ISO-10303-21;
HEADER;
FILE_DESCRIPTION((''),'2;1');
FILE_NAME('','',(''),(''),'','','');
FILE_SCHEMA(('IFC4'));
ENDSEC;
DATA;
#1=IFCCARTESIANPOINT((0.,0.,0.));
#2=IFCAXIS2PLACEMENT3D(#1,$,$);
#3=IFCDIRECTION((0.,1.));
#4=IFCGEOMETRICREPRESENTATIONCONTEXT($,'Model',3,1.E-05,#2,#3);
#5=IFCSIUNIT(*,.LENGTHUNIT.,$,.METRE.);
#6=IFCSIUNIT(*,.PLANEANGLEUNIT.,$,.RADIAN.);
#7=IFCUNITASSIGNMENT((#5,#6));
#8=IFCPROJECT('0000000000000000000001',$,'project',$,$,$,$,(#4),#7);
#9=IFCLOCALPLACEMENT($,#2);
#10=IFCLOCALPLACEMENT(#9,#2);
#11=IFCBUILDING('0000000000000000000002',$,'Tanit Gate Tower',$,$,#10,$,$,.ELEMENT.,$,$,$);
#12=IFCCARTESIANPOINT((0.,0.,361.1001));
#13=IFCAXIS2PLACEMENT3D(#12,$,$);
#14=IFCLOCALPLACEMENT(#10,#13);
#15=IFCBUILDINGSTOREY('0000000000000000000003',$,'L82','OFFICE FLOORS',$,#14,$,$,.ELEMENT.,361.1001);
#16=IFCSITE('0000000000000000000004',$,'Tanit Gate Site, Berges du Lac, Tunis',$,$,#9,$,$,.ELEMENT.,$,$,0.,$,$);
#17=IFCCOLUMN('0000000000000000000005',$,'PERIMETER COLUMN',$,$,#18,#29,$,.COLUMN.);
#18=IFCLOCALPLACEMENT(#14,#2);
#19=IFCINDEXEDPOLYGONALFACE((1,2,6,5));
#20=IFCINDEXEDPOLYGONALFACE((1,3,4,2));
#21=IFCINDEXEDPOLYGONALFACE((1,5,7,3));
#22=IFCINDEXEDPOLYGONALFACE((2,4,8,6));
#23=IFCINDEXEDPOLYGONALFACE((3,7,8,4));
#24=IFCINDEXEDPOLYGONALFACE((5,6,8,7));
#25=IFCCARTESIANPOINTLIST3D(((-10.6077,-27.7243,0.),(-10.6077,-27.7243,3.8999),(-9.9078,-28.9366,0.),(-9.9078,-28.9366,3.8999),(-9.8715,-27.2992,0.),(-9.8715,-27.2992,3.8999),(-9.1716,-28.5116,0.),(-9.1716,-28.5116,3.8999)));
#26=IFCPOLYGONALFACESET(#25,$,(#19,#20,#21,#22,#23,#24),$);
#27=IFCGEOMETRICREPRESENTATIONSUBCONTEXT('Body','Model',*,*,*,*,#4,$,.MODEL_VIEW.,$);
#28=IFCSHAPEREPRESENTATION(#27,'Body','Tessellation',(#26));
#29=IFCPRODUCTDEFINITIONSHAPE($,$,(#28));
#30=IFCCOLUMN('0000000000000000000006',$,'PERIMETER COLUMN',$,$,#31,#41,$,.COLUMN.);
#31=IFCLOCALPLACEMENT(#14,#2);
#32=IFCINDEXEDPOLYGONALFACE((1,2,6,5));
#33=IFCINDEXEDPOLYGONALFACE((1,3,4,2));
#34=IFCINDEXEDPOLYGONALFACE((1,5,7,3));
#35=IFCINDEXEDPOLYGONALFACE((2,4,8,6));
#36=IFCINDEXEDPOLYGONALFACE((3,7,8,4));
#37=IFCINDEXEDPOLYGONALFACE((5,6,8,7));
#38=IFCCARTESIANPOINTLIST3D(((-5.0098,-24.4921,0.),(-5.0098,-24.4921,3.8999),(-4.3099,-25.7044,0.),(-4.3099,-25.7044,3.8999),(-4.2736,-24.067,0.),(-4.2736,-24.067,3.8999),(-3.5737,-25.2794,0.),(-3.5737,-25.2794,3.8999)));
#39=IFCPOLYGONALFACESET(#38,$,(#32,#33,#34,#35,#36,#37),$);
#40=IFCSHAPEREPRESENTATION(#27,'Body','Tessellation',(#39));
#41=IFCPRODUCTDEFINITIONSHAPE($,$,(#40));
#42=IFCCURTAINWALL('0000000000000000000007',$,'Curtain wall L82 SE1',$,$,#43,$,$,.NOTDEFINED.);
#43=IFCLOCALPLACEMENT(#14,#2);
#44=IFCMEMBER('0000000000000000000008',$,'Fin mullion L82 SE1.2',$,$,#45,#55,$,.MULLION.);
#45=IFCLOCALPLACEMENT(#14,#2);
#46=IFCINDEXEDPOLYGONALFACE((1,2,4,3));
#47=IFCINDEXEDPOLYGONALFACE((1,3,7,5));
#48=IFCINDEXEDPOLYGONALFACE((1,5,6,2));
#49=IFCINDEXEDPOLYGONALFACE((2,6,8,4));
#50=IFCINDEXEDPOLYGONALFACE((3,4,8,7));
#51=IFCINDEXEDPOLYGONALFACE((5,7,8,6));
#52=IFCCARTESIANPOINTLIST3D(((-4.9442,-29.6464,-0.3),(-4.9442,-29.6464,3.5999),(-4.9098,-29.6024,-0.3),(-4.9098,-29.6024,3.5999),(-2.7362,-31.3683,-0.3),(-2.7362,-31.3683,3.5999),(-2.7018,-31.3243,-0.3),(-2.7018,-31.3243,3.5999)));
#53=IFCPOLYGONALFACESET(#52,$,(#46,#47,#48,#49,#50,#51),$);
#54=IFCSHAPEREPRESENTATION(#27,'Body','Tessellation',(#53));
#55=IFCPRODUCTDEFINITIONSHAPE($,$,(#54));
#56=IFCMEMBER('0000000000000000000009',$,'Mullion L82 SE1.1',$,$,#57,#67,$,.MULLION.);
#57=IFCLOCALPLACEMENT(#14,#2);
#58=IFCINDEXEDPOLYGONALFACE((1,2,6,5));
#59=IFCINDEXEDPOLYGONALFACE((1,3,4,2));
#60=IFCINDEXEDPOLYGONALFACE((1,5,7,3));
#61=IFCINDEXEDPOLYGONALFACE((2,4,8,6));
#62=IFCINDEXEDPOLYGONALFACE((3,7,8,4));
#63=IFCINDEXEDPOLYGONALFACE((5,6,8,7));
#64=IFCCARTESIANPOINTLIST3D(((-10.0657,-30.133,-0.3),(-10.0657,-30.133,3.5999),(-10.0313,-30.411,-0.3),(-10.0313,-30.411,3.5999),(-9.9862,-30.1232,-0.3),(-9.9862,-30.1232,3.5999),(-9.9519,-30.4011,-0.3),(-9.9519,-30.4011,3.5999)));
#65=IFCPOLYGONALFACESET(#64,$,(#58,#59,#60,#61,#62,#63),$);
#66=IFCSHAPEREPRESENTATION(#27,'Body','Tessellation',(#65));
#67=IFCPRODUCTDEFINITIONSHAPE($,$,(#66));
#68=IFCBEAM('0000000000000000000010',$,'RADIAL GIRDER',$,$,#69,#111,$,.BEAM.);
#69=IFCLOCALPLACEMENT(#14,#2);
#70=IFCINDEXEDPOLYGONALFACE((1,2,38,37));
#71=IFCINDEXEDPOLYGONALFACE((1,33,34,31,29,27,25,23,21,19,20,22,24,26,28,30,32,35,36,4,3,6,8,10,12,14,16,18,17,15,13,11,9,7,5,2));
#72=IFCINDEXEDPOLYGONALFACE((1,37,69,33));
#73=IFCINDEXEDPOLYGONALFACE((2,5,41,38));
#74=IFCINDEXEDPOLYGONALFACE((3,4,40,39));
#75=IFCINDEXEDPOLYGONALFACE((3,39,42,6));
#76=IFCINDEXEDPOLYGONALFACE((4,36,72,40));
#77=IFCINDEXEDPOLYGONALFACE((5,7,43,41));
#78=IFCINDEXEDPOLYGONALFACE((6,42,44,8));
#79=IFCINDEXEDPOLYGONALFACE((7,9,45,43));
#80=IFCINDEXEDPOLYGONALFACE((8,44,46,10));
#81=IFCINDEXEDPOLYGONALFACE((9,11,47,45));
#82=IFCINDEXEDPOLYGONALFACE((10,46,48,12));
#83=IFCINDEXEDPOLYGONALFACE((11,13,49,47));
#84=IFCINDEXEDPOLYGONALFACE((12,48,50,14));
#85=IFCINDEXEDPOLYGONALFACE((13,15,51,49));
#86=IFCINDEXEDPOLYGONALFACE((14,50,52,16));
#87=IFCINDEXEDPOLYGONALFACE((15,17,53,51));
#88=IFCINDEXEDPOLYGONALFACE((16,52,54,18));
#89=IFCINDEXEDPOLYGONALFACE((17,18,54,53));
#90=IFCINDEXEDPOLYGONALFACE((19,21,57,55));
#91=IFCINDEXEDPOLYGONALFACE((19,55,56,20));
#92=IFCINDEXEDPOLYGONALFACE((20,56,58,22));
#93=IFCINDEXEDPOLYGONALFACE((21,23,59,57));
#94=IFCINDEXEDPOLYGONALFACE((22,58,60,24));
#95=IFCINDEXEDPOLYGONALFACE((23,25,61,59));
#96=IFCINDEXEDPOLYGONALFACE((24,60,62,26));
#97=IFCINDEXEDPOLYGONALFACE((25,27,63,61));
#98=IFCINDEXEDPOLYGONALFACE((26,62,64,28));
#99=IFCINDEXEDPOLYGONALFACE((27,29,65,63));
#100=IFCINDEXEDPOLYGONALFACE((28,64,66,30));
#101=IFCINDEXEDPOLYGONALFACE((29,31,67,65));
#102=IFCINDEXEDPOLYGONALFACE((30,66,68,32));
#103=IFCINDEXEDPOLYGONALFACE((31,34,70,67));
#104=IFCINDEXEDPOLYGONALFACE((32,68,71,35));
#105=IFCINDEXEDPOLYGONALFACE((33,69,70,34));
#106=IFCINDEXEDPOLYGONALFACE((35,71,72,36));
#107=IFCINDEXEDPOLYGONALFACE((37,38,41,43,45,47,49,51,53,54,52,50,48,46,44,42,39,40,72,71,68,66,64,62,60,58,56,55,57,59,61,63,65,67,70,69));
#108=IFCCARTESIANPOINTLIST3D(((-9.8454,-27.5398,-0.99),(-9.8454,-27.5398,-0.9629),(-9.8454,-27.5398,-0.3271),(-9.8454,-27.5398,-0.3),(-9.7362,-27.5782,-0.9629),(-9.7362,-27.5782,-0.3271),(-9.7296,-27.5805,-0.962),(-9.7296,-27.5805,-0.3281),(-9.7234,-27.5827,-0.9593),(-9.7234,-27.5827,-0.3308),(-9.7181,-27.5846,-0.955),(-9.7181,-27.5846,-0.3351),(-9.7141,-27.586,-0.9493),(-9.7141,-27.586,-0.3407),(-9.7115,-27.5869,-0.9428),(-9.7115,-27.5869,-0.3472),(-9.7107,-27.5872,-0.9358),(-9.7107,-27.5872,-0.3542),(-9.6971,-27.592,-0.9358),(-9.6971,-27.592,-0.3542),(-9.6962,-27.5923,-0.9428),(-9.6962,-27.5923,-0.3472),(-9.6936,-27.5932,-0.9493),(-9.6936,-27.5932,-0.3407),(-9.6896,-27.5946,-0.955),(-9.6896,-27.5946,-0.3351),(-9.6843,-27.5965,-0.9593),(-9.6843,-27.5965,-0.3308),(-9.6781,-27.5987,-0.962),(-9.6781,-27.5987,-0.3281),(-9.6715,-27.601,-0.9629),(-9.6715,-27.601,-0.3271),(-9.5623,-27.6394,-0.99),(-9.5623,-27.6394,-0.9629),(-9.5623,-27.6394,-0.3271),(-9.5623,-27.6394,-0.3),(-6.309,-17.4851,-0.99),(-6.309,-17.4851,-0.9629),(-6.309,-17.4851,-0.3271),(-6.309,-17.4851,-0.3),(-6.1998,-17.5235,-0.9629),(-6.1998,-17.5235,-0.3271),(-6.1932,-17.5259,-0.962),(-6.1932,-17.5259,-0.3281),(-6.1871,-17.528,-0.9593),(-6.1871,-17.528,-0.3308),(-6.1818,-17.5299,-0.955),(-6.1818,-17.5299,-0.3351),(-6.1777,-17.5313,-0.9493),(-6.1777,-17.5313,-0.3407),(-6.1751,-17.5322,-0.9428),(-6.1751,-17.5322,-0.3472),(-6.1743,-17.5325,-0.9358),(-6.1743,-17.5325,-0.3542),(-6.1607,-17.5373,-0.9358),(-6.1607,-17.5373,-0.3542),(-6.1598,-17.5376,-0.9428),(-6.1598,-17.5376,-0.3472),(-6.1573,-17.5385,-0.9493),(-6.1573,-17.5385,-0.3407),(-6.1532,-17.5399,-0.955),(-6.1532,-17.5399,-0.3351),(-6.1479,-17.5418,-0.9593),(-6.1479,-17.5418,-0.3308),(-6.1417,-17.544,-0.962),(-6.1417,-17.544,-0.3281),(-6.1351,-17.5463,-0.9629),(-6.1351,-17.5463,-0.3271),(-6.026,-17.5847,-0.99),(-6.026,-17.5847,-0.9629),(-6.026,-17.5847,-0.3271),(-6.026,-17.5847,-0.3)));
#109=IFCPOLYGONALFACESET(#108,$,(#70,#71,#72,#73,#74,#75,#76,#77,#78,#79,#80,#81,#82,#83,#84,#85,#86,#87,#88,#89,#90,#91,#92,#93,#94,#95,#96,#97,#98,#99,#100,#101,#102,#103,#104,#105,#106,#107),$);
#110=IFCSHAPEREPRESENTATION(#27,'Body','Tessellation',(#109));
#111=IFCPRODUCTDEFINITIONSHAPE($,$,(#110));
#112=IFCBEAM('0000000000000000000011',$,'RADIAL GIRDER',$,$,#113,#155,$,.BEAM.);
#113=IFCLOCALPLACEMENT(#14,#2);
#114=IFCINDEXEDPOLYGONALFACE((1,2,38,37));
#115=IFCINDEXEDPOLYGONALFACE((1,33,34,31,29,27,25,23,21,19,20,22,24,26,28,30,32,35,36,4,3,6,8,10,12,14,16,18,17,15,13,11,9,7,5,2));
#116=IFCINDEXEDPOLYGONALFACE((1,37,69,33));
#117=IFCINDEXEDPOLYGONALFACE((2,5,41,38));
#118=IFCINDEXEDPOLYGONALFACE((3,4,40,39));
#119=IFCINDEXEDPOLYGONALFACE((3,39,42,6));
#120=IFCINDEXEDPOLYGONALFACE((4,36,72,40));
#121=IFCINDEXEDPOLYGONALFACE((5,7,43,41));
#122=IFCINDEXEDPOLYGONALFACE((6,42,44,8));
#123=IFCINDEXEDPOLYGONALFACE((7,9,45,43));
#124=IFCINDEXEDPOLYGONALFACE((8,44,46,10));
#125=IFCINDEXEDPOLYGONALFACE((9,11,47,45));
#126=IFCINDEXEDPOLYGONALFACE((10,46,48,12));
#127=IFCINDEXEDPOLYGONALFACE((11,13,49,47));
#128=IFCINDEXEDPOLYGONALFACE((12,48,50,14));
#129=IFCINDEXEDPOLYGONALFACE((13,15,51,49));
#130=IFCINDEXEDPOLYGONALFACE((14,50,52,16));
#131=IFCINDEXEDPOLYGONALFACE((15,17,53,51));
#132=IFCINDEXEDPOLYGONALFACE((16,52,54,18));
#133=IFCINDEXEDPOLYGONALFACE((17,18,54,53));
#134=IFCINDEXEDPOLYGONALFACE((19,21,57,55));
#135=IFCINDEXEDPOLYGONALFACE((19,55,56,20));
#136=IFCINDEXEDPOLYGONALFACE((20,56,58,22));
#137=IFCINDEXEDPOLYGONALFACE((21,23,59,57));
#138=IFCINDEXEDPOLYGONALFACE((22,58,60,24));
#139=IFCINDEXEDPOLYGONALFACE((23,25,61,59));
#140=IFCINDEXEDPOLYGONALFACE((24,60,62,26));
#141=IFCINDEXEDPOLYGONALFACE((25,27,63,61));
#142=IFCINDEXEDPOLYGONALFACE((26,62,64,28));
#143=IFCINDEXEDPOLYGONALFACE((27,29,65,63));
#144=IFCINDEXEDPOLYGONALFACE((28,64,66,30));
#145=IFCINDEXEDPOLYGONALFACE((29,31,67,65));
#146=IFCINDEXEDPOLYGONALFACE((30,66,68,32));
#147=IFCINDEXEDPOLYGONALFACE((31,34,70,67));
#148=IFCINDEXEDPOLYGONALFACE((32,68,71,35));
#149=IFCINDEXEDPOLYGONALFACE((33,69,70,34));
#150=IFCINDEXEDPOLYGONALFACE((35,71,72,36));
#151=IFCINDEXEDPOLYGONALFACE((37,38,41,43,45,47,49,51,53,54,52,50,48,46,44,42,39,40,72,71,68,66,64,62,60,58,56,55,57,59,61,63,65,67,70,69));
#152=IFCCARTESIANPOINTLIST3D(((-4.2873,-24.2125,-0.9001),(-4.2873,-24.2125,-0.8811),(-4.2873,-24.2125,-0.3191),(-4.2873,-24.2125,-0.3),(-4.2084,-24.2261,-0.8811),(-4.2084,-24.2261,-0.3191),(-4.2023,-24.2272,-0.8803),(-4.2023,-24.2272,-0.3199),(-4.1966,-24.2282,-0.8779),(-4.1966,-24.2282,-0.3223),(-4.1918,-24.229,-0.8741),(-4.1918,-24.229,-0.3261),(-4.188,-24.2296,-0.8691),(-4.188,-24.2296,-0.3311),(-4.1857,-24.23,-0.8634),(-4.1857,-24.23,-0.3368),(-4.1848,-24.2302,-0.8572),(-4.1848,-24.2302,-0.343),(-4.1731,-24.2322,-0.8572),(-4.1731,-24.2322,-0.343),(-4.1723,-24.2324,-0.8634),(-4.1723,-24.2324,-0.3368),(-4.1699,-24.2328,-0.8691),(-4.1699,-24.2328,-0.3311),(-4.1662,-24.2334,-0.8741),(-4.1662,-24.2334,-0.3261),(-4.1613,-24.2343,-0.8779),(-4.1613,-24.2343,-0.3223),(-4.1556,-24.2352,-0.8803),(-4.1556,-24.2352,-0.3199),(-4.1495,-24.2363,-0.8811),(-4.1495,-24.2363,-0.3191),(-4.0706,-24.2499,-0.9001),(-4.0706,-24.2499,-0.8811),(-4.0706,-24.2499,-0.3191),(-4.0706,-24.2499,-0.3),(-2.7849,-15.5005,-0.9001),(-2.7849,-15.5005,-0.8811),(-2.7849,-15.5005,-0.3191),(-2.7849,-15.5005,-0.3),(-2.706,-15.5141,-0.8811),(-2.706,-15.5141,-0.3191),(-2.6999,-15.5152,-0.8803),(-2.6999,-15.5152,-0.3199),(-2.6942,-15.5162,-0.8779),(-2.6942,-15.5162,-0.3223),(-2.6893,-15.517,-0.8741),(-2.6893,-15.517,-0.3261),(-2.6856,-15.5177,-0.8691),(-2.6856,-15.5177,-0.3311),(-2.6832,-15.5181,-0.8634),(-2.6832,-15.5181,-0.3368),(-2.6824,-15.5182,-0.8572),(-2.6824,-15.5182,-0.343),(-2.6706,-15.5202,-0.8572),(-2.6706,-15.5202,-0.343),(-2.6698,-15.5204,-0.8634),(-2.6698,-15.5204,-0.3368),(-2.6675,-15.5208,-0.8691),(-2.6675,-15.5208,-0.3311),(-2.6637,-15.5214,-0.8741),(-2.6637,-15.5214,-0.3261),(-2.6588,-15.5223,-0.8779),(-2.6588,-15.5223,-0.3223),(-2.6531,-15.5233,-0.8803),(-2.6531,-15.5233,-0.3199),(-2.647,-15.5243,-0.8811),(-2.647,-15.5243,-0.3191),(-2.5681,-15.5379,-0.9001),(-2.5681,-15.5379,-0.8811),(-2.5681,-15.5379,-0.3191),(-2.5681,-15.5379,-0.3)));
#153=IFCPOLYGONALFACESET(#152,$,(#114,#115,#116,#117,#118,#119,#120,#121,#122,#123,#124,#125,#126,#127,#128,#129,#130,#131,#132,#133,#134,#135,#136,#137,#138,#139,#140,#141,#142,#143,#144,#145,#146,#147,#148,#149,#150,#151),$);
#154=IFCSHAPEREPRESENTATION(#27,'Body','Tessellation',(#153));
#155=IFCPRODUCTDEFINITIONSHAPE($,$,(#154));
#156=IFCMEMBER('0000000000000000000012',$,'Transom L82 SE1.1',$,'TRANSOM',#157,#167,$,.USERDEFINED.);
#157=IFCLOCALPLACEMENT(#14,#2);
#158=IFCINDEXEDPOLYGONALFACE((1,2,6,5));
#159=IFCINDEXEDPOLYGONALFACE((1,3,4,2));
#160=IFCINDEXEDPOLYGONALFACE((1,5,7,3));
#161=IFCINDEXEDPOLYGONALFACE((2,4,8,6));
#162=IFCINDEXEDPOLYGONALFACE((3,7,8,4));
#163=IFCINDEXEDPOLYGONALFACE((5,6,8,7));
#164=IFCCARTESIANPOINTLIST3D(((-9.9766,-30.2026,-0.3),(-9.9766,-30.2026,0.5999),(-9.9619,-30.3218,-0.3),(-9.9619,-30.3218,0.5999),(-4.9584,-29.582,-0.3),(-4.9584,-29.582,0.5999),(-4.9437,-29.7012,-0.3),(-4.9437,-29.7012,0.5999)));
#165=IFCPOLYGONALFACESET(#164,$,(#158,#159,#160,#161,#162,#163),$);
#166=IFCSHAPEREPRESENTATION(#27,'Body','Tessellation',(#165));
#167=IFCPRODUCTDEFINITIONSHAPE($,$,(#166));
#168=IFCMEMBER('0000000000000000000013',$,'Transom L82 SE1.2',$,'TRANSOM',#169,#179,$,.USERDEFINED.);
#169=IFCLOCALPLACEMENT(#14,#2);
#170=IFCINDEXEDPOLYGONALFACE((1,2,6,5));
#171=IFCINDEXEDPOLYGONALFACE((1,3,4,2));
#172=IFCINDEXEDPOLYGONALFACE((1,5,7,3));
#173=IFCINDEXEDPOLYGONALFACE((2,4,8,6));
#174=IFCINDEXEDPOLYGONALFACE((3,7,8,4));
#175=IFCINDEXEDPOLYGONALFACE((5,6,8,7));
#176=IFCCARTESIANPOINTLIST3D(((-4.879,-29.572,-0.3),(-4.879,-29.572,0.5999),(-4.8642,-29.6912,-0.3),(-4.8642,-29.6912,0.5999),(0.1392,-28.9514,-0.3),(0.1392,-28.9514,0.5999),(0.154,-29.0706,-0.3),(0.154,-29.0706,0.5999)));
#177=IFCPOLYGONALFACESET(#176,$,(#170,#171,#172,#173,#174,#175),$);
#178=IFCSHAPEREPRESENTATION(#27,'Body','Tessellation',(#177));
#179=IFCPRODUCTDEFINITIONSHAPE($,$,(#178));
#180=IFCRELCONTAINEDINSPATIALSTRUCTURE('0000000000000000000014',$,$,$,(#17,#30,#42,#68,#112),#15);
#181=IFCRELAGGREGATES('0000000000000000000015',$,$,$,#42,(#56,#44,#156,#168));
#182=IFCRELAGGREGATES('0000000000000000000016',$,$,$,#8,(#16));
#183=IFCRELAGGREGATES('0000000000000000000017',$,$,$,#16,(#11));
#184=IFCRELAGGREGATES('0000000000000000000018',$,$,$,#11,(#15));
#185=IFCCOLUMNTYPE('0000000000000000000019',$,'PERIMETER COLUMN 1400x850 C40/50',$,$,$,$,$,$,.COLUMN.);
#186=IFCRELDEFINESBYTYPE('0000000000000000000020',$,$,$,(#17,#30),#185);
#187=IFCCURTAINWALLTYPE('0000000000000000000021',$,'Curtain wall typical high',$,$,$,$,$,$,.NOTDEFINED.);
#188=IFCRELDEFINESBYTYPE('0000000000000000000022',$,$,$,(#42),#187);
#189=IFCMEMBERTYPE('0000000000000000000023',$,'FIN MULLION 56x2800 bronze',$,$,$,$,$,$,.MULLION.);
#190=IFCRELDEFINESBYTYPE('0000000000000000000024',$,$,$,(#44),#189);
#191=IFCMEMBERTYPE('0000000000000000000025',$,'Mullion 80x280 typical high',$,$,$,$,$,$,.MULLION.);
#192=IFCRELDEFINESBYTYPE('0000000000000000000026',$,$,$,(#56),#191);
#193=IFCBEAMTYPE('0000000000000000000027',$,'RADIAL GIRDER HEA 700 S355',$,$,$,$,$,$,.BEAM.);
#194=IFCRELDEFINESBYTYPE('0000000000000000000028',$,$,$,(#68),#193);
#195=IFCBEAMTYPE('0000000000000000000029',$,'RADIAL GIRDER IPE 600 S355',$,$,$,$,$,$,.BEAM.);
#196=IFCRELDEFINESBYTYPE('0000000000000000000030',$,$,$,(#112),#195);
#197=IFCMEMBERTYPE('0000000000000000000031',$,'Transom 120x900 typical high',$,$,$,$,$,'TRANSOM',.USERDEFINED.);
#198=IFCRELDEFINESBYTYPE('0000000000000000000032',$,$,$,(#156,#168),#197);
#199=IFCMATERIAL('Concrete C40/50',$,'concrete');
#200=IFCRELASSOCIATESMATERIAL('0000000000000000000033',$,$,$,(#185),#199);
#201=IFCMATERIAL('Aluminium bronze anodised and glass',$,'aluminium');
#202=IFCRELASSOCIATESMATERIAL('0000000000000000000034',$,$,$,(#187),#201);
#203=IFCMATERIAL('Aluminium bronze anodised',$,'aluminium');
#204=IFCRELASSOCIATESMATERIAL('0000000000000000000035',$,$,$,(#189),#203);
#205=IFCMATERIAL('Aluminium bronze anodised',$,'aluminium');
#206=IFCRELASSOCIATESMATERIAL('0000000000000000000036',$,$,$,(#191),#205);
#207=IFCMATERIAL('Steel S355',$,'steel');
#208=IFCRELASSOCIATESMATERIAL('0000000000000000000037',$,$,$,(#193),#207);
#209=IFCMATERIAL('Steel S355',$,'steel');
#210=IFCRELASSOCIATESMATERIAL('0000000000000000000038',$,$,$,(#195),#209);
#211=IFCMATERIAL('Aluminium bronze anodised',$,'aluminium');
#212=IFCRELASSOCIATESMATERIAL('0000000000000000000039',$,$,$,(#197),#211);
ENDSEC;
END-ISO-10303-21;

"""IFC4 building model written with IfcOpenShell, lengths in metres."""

from ifc_helpers import new_model, si_unit, direction, frame, origin, origin_2d, place, context, subcontext, project, spatial, rectangle, i_section, extrude, material, material_profile, profile_set, type_object, element, aggregate, save


model = new_model("IFC4")

# Units and contexts
model_context = context("Model", 3, precision=1e-05, world=origin(), true_north=direction((0.0, 1.0)))
body_context = subcontext(model_context, "Body", "Model", "MODEL_VIEW")
ifc_project = project(units=[si_unit("LENGTHUNIT", "METRE"), si_unit("PLANEANGLEUNIT", "RADIAN")], contexts=[model_context])

# Site, building, storey
site_placement = place(None, origin())
site = spatial("IfcSite", under=ifc_project, at=site_placement, Name="Tanit Gate Site, Berges du Lac, Tunis", CompositionType="ELEMENT", RefElevation=0.0)
building_placement = place(site_placement, origin())
building = spatial("IfcBuilding", under=site, at=building_placement, Name="Tanit Gate Tower", CompositionType="ELEMENT")
storey_placement = place(building_placement, frame((0.0, 0.0, 361.1001)))
storey = spatial("IfcBuildingStorey", under=building, at=storey_placement, Name="L82", Description="OFFICE FLOORS", CompositionType="ELEMENT", Elevation=361.1001)

# Columns
ifc_material_1 = material(Name="Concrete C40/50", Category="concrete")
ifc_material_profile_1 = material_profile(ifc_material_1, rectangle(XDim=1.3999, YDim=0.8501, at=origin_2d()), Name="RC 1400x850")
ifc_profile_set_1 = profile_set([ifc_material_profile_1], Name="Concrete C40/50")
column_type = type_object("IfcColumnType", Name="PERIMETER COLUMN 1400x850 C40/50", PredefinedType="COLUMN", material=ifc_profile_set_1)
for number, where, z_axis, x_axis, name in (
    (1, (-9.8896, -28.1179, 0.0), (0.0, 0.0, 1.0), (0.5, -0.866025, 0.0), "PERIMETER COLUMN"),
    (2, (-4.2917, -24.8857, 0.0), (0.0, 0.0, 1.0), (0.5, -0.866025, 0.0), "PERIMETER COLUMN"),
):
    element("IfcColumn", number, at=place(storey_placement, frame(where, z_axis=z_axis, x_axis=x_axis)), inside=storey, type_object=column_type, Name=name, PredefinedType="COLUMN", context=body_context, shape_type="SweptSolid", body=[
        extrude(rectangle(XDim=1.3999, YDim=0.8501, at=origin_2d()), origin(), (0.0, 0.0, 1.0), 3.8999),
    ])

# Curtain wall, members
ifc_material_2 = material(Name="Aluminium bronze anodised and glass", Category="aluminium")
curtain_wall_type = type_object("IfcCurtainWallType", Name="Curtain wall typical high", PredefinedType="NOTDEFINED", material=ifc_material_2)
curtain_wall_placement = place(storey_placement, origin())
curtain_wall = element("IfcCurtainWall", 3, at=curtain_wall_placement, inside=storey, type_object=curtain_wall_type, Name="Curtain wall L82 SE1", PredefinedType="NOTDEFINED")
ifc_material_3 = material(Name="Aluminium bronze anodised", Category="aluminium")
ifc_material_profile_2 = material_profile(ifc_material_3, rectangle(XDim=2.8, YDim=0.0559, at=origin_2d()), Name="56x2800 bronze fin mullion")
ifc_profile_set_2 = profile_set([ifc_material_profile_2], Name="Aluminium bronze anodised")
member_type_1 = type_object("IfcMemberType", Name="FIN MULLION 56x2800 bronze", PredefinedType="MULLION", material=ifc_profile_set_2)
member_1_placement = place(storey_placement, frame((-3.823, -30.4854, -0.3), z_axis=(0.0, 0.0, 1.0), x_axis=(-0.788562, 0.614955, 0.0)))
member_1 = element("IfcMember", 4, at=member_1_placement, type_object=member_type_1, Name="Fin mullion L82 SE1.2", PredefinedType="MULLION", context=body_context, shape_type="SweptSolid", body=[
    extrude(rectangle(XDim=2.8, YDim=0.0559, at=origin_2d()), origin(), (0.0, 0.0, 1.0), 3.8999),
])
ifc_material_4 = material(Name="Aluminium bronze anodised", Category="aluminium")
ifc_material_profile_3 = material_profile(ifc_material_4, rectangle(XDim=0.28, YDim=0.0801, at=origin_2d()), Name="80x280 bronze mullion")
ifc_profile_set_3 = profile_set([ifc_material_profile_3], Name="Aluminium bronze anodised")
member_type_2 = type_object("IfcMemberType", Name="Mullion 80x280 typical high", PredefinedType="MULLION", material=ifc_profile_set_3)
member_2_placement = place(storey_placement, frame((-10.0088, -30.2671, -0.3), z_axis=(0.0, 0.0, 1.0), x_axis=(-0.122759, 0.992436, 0.0)))
member_2 = element("IfcMember", 5, at=member_2_placement, type_object=member_type_2, Name="Mullion L82 SE1.1", PredefinedType="MULLION", context=body_context, shape_type="SweptSolid", body=[
    extrude(rectangle(XDim=0.28, YDim=0.0801, at=origin_2d()), origin(), (0.0, 0.0, 1.0), 3.8999),
])

# Beams
ifc_material_5 = material(Name="Steel S355", Category="steel")
ifc_material_profile_4 = material_profile(ifc_material_5, i_section(OverallWidth=0.3, OverallDepth=0.6899, WebThickness=0.0144, FlangeThickness=0.0271, FilletRadius=0.0271, at=origin_2d()), Name="HEA 700")
ifc_profile_set_4 = profile_set([ifc_material_profile_4], Name="Steel S355")
beam_type_1 = type_object("IfcBeamType", Name="RADIAL GIRDER HEA 700 S355", PredefinedType="BEAM", material=ifc_profile_set_4)
beam_1_placement = place(storey_placement, frame((-9.7039, -27.5896, -0.645), z_axis=(0.331791, 0.943353, 0.0), x_axis=(-0.943353, 0.331791, 0.0)))
element("IfcBeam", 6, at=beam_1_placement, inside=storey, type_object=beam_type_1, Name="RADIAL GIRDER", PredefinedType="BEAM", context=body_context, shape_type="SweptSolid", body=[
    extrude(i_section(OverallWidth=0.3, OverallDepth=0.6899, WebThickness=0.0144, FlangeThickness=0.0271, FilletRadius=0.0271, at=origin_2d()), origin(), (0.0, 0.0, 1.0), 10.6584),
])
ifc_material_6 = material(Name="Steel S355", Category="steel")
ifc_material_profile_5 = material_profile(ifc_material_6, i_section(OverallWidth=0.22, OverallDepth=0.6001, WebThickness=0.012, FlangeThickness=0.019, FilletRadius=0.0239, at=origin_2d()), Name="IPE 600")
ifc_profile_set_5 = profile_set([ifc_material_profile_5], Name="Steel S355")
beam_type_2 = type_object("IfcBeamType", Name="RADIAL GIRDER IPE 600 S355", PredefinedType="BEAM", material=ifc_profile_set_5)
beam_2_placement = place(storey_placement, frame((-4.179, -24.2312, -0.6001), z_axis=(0.169949, 0.985453, 0.0), x_axis=(-0.985453, 0.169949, 0.0)))
element("IfcBeam", 7, at=beam_2_placement, inside=storey, type_object=beam_type_2, Name="RADIAL GIRDER", PredefinedType="BEAM", context=body_context, shape_type="SweptSolid", body=[
    extrude(i_section(OverallWidth=0.22, OverallDepth=0.6001, WebThickness=0.012, FlangeThickness=0.019, FilletRadius=0.0239, at=origin_2d()), origin(), (0.0, 0.0, 1.0), 8.8406),
])

# Members
ifc_material_7 = material(Name="Aluminium bronze anodised", Category="aluminium")
ifc_material_profile_6 = material_profile(ifc_material_7, rectangle(XDim=0.1201, YDim=0.8999, at=origin_2d()), Name="120x900 bronze transom")
ifc_profile_set_6 = profile_set([ifc_material_profile_6], Name="Aluminium bronze anodised")
member_type_3 = type_object("IfcMemberType", Name="Transom 120x900 typical high", ElementType="TRANSOM", PredefinedType="USERDEFINED", material=ifc_profile_set_6)
member_3_placement = place(storey_placement, frame((-9.9692, -30.2622, 0.1499), z_axis=(0.992439, 0.122739, 0.0), x_axis=(-0.122739, 0.992439, 0.0)))
member_3 = element("IfcMember", 8, at=member_3_placement, type_object=member_type_3, Name="Transom L82 SE1.1", ObjectType="TRANSOM", PredefinedType="USERDEFINED", context=body_context, shape_type="SweptSolid", body=[
    extrude(rectangle(XDim=0.1201, YDim=0.8999, at=origin_2d()), origin(), (0.0, 0.0, 1.0), 5.0564),
])
member_4_placement = place(storey_placement, frame((-4.8716, -29.6316, 0.1499), z_axis=(0.992439, 0.122739, 0.0), x_axis=(-0.122739, 0.992439, 0.0)))
member_4 = element("IfcMember", 9, at=member_4_placement, type_object=member_type_3, Name="Transom L82 SE1.2", ObjectType="TRANSOM", PredefinedType="USERDEFINED", context=body_context, shape_type="SweptSolid", body=[
    extrude(rectangle(XDim=0.1201, YDim=0.8999, at=origin_2d()), origin(), (0.0, 0.0, 1.0), 5.0564),
])

aggregate(curtain_wall, [member_2, member_1, member_3, member_4])

save(model, "model.ifc")
